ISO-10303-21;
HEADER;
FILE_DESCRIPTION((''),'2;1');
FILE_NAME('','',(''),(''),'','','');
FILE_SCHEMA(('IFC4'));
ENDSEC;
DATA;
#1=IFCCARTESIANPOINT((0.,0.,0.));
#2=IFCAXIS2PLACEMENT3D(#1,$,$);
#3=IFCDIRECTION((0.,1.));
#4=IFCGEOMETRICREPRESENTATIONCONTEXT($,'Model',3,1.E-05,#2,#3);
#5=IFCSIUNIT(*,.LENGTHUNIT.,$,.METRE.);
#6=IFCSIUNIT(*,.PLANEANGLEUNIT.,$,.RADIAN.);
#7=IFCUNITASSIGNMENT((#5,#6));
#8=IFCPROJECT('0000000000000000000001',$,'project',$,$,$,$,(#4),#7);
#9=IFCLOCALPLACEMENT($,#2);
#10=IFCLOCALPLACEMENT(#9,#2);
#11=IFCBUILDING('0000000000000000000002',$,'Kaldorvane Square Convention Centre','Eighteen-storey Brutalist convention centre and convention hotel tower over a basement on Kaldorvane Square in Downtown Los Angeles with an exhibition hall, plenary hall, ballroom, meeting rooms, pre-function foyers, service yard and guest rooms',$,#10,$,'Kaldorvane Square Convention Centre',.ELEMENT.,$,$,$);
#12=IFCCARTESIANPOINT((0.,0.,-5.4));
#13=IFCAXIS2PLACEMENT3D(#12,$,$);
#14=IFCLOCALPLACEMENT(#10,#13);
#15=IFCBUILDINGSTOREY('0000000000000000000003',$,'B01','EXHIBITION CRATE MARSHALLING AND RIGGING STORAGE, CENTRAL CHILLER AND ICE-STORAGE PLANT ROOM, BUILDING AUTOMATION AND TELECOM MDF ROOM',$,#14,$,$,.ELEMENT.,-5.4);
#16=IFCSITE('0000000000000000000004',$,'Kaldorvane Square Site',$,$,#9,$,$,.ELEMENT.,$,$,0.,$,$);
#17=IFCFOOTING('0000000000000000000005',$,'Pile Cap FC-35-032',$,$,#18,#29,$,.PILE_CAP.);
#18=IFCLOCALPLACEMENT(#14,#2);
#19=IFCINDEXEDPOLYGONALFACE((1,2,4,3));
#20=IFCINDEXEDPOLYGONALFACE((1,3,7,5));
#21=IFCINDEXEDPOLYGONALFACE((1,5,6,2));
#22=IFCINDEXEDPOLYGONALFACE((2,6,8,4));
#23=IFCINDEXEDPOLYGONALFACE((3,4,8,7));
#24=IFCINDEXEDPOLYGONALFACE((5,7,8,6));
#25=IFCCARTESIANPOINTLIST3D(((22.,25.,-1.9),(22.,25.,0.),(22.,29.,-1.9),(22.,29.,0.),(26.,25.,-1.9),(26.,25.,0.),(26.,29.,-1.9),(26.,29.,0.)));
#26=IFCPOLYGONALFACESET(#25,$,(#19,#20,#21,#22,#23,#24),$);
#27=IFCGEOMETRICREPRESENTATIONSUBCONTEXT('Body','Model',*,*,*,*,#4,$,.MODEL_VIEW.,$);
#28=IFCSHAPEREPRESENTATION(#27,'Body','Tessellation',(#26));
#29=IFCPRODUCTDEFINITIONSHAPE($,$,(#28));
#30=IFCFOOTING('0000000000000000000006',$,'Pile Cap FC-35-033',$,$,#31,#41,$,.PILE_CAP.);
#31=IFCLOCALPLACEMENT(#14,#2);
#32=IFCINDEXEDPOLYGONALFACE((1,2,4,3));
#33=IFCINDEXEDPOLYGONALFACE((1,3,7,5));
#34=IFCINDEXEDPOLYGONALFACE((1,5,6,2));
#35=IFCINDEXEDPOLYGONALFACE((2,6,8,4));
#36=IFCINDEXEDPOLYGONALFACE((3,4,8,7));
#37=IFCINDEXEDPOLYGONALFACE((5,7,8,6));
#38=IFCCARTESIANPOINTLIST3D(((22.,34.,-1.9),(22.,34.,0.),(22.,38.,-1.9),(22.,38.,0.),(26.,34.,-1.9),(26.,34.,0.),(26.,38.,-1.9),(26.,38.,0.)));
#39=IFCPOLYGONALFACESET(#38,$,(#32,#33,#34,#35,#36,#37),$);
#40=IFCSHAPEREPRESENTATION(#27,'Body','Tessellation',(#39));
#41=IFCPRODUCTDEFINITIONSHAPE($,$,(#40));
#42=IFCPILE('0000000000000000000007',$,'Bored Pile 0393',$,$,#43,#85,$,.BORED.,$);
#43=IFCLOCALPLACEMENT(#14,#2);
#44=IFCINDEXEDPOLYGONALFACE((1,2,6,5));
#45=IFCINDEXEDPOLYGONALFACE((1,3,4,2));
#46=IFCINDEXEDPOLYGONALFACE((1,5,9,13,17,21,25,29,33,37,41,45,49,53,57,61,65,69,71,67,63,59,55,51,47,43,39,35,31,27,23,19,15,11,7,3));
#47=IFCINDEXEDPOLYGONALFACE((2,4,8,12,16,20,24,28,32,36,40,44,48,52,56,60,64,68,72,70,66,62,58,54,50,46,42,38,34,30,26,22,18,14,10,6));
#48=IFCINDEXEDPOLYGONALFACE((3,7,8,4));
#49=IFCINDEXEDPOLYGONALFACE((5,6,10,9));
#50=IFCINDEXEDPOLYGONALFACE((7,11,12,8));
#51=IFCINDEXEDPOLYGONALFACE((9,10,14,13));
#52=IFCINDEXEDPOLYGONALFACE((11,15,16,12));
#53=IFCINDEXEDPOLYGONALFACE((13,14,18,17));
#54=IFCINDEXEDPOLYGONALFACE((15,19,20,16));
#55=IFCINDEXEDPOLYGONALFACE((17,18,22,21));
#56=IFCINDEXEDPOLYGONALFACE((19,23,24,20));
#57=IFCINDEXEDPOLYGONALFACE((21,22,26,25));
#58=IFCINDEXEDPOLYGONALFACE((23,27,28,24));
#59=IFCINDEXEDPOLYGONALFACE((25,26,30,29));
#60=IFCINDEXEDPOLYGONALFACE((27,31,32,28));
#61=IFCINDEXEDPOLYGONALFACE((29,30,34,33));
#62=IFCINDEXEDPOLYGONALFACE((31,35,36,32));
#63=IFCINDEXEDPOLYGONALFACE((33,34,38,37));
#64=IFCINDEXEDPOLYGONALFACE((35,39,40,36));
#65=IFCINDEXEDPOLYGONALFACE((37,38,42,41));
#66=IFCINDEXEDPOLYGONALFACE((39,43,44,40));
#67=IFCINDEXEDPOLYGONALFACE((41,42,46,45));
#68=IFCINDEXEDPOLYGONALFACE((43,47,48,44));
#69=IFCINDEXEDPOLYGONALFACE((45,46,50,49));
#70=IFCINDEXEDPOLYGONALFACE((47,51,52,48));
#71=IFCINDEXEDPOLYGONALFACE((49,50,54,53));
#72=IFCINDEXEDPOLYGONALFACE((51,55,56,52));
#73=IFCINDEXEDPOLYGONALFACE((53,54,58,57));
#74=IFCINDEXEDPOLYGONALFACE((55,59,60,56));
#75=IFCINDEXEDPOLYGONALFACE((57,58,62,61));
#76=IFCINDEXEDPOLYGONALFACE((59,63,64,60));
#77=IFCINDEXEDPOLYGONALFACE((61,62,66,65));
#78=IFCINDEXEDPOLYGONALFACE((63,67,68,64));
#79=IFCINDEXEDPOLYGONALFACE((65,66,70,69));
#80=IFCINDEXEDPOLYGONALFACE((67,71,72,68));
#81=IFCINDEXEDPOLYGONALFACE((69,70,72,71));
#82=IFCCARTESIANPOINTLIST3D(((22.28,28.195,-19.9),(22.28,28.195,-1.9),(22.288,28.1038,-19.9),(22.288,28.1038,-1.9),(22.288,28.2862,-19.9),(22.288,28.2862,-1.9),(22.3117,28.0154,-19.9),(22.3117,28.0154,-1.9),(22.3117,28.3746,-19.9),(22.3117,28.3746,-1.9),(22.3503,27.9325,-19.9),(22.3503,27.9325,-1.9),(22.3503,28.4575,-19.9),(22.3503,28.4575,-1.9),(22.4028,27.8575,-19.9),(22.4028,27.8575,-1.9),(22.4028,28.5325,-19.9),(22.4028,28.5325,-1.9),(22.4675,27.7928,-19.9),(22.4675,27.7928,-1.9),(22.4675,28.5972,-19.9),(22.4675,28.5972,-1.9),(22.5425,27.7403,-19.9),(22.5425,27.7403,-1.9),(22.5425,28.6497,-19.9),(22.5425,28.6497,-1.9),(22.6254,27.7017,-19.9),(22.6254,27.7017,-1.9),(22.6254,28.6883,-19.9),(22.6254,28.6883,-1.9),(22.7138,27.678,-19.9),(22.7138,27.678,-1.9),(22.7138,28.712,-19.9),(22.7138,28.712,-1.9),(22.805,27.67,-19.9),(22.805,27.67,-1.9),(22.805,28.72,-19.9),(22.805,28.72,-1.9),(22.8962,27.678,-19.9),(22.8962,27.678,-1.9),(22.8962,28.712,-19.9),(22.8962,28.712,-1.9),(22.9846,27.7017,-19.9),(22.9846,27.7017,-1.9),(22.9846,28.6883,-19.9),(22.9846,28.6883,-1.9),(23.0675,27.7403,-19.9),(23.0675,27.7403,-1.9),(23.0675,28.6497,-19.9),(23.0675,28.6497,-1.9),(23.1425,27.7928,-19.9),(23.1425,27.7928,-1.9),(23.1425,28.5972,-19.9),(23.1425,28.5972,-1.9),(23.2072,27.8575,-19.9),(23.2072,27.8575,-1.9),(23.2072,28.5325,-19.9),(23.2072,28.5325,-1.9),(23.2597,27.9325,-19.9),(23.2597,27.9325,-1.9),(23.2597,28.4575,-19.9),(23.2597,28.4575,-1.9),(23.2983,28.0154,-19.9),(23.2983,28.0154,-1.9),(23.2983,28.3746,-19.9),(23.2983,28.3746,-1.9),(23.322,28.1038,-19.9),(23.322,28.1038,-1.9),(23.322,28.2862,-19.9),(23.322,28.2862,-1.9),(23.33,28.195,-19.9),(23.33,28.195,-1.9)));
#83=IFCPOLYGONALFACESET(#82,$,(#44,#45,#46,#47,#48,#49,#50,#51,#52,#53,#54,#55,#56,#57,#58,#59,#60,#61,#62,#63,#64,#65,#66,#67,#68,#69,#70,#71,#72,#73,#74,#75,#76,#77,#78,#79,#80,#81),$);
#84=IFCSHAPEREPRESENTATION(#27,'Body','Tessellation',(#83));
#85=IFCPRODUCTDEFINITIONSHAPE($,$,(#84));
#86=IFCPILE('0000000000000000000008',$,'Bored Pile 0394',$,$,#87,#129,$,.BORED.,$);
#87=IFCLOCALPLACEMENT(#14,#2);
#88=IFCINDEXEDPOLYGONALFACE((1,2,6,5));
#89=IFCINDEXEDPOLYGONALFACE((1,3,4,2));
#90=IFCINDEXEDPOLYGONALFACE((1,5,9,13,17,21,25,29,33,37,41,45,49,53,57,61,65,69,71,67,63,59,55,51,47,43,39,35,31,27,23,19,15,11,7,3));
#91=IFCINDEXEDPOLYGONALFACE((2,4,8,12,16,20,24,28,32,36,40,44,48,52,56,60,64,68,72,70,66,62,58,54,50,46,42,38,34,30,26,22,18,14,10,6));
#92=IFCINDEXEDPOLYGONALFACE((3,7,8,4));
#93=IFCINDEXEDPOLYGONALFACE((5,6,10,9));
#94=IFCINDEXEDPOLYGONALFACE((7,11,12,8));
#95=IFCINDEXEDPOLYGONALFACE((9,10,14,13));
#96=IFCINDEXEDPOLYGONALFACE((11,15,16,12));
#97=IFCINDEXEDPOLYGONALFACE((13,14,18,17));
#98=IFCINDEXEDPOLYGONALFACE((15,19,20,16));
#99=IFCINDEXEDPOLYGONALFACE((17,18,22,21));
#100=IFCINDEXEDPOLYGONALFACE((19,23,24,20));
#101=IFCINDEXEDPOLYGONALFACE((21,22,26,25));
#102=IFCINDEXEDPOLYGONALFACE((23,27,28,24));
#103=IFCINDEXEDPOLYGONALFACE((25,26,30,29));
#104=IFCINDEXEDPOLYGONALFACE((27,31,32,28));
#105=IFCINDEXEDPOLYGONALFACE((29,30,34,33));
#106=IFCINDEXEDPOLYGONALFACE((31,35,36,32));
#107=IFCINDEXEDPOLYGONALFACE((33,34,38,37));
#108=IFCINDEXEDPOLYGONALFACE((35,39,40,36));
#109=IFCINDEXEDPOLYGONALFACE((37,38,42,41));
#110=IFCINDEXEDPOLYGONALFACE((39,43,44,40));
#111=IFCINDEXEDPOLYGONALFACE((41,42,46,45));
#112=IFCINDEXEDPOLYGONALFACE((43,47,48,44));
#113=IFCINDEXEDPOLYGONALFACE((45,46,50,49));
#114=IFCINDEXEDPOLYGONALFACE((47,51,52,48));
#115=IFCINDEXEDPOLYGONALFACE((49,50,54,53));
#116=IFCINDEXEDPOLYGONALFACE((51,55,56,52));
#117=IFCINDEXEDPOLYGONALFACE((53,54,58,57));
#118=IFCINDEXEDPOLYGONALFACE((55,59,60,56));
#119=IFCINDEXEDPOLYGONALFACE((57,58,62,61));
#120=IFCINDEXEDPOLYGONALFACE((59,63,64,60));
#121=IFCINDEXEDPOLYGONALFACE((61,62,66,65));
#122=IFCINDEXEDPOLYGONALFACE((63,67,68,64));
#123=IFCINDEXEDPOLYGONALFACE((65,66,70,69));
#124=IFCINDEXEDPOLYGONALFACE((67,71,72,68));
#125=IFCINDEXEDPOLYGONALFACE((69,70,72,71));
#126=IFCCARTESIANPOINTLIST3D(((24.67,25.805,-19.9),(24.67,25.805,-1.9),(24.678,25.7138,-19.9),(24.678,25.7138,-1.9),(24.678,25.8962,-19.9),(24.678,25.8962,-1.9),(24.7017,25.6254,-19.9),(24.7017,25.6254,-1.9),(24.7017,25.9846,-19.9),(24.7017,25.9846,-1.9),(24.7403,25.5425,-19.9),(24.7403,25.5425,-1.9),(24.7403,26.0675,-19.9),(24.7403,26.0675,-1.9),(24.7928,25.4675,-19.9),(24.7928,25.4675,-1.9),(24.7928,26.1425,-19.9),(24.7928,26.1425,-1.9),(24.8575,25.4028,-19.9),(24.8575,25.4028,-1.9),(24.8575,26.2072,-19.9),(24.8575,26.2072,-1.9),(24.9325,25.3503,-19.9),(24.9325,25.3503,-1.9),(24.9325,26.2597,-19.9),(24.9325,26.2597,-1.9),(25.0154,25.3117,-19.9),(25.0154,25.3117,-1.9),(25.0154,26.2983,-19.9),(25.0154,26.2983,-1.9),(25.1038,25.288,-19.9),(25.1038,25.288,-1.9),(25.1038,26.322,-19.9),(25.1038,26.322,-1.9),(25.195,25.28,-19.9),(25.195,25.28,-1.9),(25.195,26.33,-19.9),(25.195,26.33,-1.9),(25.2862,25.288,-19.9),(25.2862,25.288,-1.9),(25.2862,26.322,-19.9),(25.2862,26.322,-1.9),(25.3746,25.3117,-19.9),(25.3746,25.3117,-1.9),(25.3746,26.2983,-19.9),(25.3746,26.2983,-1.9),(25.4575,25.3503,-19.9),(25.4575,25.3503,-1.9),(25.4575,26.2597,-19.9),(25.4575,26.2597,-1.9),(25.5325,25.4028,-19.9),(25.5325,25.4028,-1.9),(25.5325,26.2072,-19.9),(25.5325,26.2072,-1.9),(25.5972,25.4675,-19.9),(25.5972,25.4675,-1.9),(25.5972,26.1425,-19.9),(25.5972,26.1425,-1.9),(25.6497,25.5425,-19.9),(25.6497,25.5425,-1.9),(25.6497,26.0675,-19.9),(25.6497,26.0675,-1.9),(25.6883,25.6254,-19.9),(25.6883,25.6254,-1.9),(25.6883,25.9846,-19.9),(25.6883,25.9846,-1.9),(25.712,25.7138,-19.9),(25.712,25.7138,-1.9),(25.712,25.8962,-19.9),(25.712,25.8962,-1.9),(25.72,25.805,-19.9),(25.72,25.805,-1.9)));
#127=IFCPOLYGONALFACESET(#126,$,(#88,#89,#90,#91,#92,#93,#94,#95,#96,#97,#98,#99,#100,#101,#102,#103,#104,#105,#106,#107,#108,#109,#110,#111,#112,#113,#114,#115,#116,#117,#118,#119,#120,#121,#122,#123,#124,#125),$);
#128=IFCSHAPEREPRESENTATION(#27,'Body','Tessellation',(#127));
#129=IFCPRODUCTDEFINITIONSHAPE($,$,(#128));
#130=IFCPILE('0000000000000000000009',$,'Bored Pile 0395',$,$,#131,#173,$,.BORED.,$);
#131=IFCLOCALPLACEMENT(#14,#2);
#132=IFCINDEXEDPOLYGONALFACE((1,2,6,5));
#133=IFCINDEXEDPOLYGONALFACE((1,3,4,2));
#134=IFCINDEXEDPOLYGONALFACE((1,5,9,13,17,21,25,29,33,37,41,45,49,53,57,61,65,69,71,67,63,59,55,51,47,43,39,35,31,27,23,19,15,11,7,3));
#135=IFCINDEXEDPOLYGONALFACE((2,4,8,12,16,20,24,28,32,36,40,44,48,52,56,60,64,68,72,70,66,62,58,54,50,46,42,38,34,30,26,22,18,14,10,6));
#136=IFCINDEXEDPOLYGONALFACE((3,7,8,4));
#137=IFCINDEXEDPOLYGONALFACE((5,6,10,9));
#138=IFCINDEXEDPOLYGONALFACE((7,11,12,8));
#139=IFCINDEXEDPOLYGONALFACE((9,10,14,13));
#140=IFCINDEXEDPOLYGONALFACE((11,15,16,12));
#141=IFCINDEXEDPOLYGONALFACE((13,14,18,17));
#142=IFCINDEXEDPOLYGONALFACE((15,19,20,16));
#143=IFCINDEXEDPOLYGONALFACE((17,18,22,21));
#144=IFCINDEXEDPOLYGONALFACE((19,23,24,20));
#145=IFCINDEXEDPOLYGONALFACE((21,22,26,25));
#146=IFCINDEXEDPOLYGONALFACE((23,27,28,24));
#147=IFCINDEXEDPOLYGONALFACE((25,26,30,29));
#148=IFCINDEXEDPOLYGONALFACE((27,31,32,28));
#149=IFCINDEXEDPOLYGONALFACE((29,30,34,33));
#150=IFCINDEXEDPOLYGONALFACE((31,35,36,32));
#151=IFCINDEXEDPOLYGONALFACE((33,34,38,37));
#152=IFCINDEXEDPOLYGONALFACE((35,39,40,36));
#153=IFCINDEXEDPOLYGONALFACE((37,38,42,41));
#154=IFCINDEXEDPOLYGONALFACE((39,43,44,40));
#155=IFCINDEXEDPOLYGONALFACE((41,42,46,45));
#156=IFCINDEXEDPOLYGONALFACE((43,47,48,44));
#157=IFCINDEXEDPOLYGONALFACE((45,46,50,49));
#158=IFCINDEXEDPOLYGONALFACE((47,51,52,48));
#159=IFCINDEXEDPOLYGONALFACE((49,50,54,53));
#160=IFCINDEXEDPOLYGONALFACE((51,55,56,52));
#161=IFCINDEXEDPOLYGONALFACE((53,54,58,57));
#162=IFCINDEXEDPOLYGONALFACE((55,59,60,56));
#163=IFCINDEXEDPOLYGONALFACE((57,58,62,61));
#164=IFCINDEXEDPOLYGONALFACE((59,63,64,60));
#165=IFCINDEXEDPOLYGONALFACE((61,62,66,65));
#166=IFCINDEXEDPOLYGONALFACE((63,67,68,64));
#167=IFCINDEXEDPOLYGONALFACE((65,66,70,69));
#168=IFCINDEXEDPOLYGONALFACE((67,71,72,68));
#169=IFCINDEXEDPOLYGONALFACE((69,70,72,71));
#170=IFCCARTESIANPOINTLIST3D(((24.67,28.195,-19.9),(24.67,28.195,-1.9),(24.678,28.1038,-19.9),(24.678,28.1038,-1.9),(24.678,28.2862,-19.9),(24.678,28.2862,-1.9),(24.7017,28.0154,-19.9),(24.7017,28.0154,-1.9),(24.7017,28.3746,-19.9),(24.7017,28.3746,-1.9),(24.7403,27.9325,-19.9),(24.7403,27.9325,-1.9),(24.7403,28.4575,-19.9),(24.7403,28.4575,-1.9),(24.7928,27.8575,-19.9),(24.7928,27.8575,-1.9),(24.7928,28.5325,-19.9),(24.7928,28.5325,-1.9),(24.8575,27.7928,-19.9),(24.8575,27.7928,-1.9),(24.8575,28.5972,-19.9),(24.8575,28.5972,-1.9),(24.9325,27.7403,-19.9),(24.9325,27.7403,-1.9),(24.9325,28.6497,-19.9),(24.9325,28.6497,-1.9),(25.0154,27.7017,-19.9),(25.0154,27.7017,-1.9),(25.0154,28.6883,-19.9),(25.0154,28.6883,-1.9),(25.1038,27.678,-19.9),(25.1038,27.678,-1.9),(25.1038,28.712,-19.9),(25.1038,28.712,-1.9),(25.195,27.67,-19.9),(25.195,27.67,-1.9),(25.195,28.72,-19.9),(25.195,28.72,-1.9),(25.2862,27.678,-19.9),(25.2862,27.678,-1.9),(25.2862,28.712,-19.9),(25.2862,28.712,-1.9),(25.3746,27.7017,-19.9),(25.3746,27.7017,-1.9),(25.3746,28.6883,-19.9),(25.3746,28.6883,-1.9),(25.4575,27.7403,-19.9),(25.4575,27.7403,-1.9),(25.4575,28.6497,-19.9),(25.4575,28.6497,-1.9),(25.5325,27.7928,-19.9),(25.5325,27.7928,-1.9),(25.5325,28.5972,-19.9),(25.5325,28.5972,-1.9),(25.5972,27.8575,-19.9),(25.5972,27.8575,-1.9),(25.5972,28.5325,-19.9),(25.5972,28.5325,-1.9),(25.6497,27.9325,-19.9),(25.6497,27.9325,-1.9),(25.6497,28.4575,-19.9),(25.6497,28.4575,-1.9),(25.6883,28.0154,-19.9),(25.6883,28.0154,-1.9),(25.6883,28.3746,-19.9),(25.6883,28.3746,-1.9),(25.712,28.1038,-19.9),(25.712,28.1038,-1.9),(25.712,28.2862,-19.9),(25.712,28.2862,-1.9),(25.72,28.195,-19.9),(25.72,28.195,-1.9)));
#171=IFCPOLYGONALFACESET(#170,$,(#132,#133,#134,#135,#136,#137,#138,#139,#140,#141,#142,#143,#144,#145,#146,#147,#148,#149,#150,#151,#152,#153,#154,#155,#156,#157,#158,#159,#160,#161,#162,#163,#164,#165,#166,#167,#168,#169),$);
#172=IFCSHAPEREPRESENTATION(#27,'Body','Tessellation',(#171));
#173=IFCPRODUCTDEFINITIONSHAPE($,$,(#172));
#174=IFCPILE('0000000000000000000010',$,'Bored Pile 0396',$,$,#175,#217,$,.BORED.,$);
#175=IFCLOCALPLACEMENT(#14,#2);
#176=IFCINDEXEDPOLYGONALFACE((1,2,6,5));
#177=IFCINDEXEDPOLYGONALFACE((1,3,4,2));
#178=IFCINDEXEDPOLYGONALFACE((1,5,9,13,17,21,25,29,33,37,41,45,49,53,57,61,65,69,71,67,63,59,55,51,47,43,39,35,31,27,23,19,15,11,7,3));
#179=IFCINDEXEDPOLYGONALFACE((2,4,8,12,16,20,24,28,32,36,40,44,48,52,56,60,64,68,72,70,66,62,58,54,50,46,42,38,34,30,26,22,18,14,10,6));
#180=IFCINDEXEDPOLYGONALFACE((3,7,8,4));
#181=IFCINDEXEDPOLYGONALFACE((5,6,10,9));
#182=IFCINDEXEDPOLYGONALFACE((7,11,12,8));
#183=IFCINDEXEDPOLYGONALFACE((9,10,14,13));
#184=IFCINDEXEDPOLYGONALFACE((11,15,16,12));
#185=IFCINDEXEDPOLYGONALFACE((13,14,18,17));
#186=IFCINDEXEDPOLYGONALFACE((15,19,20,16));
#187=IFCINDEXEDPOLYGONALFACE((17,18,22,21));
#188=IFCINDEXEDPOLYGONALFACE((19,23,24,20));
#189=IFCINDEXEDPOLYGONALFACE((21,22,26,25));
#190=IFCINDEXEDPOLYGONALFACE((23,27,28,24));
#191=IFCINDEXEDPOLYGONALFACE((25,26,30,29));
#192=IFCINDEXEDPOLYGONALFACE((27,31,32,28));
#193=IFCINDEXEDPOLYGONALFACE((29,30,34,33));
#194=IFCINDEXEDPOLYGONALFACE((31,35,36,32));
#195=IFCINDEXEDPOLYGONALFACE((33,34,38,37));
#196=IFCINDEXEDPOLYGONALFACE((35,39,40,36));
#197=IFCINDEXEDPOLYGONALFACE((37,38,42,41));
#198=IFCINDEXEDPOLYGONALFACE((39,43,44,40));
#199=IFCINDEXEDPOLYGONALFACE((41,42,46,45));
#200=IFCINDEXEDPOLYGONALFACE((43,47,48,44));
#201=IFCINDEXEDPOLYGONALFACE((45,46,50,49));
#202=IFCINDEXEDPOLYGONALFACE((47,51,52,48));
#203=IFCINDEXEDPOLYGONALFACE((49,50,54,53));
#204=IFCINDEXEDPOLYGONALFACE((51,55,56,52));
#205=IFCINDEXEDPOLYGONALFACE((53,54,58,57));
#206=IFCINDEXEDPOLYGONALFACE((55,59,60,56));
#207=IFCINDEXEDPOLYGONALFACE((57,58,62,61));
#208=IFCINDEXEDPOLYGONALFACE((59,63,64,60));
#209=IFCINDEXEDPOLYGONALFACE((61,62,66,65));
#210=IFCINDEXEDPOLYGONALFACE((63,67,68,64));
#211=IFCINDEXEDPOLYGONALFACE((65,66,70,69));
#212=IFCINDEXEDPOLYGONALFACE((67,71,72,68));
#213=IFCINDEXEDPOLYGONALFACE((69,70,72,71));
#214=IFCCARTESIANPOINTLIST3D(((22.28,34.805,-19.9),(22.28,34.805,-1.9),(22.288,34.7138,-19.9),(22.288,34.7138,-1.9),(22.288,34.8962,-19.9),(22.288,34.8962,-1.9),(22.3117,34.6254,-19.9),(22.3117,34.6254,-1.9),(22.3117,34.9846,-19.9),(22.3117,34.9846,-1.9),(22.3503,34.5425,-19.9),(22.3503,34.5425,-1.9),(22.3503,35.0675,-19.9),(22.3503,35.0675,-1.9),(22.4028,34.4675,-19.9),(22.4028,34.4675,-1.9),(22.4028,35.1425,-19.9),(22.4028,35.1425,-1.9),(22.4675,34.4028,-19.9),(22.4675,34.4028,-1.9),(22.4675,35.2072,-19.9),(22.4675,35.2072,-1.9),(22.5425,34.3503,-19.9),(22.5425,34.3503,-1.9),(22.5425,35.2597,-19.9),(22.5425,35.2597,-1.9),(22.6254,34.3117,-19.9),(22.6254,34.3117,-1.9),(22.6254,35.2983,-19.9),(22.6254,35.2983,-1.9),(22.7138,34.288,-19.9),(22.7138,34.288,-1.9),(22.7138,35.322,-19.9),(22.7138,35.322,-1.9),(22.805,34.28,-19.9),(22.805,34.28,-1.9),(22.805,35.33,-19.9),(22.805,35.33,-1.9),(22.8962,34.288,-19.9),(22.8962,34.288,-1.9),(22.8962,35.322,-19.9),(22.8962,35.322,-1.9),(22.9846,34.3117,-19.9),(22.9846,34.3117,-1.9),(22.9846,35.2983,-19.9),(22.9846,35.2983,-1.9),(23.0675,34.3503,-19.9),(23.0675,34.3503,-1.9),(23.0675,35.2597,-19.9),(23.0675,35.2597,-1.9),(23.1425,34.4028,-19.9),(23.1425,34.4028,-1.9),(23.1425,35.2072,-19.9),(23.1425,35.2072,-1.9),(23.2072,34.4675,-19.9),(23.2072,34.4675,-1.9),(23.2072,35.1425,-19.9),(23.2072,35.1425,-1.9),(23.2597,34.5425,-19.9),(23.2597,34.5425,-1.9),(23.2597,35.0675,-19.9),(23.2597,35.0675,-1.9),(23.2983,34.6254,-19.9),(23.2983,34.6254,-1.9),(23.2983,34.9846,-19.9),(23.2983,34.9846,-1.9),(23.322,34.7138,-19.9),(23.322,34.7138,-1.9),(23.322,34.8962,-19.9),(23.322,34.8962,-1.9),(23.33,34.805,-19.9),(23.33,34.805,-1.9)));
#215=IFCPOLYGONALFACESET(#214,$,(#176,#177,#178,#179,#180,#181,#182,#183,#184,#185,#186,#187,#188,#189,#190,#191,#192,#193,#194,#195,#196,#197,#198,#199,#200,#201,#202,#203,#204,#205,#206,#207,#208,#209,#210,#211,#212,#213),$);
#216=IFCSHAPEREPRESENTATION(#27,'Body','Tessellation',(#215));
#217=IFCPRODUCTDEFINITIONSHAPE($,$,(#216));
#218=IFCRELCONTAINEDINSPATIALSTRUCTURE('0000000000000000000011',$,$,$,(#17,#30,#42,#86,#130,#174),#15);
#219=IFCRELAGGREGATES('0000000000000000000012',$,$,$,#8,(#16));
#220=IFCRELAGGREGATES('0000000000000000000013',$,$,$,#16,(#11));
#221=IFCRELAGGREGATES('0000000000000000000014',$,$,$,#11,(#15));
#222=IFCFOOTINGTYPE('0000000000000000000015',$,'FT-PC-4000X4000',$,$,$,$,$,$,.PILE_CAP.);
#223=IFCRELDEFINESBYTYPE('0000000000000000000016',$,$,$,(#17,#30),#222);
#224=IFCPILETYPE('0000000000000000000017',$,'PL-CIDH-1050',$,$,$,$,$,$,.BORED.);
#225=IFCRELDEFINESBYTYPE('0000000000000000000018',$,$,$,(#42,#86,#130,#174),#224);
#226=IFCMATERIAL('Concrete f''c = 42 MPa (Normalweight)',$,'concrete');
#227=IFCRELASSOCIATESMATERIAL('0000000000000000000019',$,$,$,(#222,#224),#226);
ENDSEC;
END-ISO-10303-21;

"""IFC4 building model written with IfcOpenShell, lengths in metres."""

from ifc_helpers import new_model, si_unit, direction, frame, origin, origin_2d, place, context, subcontext, project, spatial, rectangle, circle, extrude, material, material_profile, profile_set, type_object, element, save


model = new_model("IFC4")

# Units and contexts
model_context = context("Model", 3, precision=1e-05, world=origin(), true_north=direction((0.0, 1.0)))
body_context = subcontext(model_context, "Body", "Model", "MODEL_VIEW")
ifc_project = project(units=[si_unit("LENGTHUNIT", "METRE"), si_unit("PLANEANGLEUNIT", "RADIAN")], contexts=[model_context])

# Site, building, storey
site_placement = place(None, origin())
site = spatial("IfcSite", under=ifc_project, at=site_placement, Name="Kaldorvane Square Site", CompositionType="ELEMENT", RefElevation=0.0)
building_placement = place(site_placement, origin())
building = spatial("IfcBuilding", under=site, at=building_placement, Name="Kaldorvane Square Convention Centre", Description="Eighteen-storey Brutalist convention centre and convention hotel tower over a basement on Kaldorvane Square in Downtown Los Angeles with an exhibition hall, plenary hall, ballroom, meeting rooms, pre-function foyers, service yard and guest rooms", LongName="Kaldorvane Square Convention Centre", CompositionType="ELEMENT")
storey_placement = place(building_placement, frame((0.0, 0.0, -5.4)))
storey = spatial("IfcBuildingStorey", under=building, at=storey_placement, Name="B01", Description="EXHIBITION CRATE MARSHALLING AND RIGGING STORAGE, CENTRAL CHILLER AND ICE-STORAGE PLANT ROOM, BUILDING AUTOMATION AND TELECOM MDF ROOM", CompositionType="ELEMENT", Elevation=-5.4)

# Footings
ifc_material_1 = material(Name="Concrete f'c = 42 MPa (Normalweight)", Category="concrete")
footing_type = type_object("IfcFootingType", Name="FT-PC-4000X4000", PredefinedType="PILE_CAP", material=ifc_material_1)
for number, where, z_axis, x_axis, name in (
    (1, (24.0, 27.0, -1.9), (0.0, 0.0, 1.0), (1.0, 0.0, 0.0), "Pile Cap FC-35-032"),
    (2, (24.0, 36.0, -1.9), (0.0, 0.0, 1.0), (1.0, 0.0, 0.0), "Pile Cap FC-35-033"),
):
    element("IfcFooting", number, at=place(storey_placement, frame(where, z_axis=z_axis, x_axis=x_axis)), inside=storey, type_object=footing_type, Name=name, PredefinedType="PILE_CAP", context=body_context, shape_type="SweptSolid", body=[
        extrude(rectangle(XDim=4.0, YDim=4.0, at=origin_2d()), origin(), (0.0, 0.0, 1.0), 1.9),
    ])

# Piles
ifc_material_profile_1 = material_profile(ifc_material_1, circle(Radius=0.525, at=origin_2d()), Name="PILE-D1050")
ifc_profile_set_1 = profile_set([ifc_material_profile_1], Name="Concrete f'c = 42 MPa (Normalweight)")
pile_type_1 = type_object("IfcPileType", Name="PL-CIDH-1050", PredefinedType="BORED", material=ifc_profile_set_1)
for number, where, z_axis, x_axis, name in (
    (3, (22.805, 28.195, -1.9), (0.0, 0.0, -1.0), (1.0, 0.0, 0.0), "Bored Pile 0393"),
    (4, (25.195, 25.805, -1.9), (0.0, 0.0, -1.0), (1.0, 0.0, 0.0), "Bored Pile 0394"),
    (5, (25.195, 28.195, -1.9), (0.0, 0.0, -1.0), (1.0, 0.0, 0.0), "Bored Pile 0395"),
    (6, (22.805, 34.805, -1.9), (0.0, 0.0, -1.0), (1.0, 0.0, 0.0), "Bored Pile 0396"),
):
    element("IfcPile", number, at=place(storey_placement, frame(where, z_axis=z_axis, x_axis=x_axis)), inside=storey, type_object=pile_type_1, Name=name, PredefinedType="BORED", context=body_context, shape_type="SweptSolid", body=[
        extrude(circle(Radius=0.525, at=origin_2d()), origin(), (0.0, 0.0, 1.0), 18.0),
    ])

save(model, "model.ifc")
